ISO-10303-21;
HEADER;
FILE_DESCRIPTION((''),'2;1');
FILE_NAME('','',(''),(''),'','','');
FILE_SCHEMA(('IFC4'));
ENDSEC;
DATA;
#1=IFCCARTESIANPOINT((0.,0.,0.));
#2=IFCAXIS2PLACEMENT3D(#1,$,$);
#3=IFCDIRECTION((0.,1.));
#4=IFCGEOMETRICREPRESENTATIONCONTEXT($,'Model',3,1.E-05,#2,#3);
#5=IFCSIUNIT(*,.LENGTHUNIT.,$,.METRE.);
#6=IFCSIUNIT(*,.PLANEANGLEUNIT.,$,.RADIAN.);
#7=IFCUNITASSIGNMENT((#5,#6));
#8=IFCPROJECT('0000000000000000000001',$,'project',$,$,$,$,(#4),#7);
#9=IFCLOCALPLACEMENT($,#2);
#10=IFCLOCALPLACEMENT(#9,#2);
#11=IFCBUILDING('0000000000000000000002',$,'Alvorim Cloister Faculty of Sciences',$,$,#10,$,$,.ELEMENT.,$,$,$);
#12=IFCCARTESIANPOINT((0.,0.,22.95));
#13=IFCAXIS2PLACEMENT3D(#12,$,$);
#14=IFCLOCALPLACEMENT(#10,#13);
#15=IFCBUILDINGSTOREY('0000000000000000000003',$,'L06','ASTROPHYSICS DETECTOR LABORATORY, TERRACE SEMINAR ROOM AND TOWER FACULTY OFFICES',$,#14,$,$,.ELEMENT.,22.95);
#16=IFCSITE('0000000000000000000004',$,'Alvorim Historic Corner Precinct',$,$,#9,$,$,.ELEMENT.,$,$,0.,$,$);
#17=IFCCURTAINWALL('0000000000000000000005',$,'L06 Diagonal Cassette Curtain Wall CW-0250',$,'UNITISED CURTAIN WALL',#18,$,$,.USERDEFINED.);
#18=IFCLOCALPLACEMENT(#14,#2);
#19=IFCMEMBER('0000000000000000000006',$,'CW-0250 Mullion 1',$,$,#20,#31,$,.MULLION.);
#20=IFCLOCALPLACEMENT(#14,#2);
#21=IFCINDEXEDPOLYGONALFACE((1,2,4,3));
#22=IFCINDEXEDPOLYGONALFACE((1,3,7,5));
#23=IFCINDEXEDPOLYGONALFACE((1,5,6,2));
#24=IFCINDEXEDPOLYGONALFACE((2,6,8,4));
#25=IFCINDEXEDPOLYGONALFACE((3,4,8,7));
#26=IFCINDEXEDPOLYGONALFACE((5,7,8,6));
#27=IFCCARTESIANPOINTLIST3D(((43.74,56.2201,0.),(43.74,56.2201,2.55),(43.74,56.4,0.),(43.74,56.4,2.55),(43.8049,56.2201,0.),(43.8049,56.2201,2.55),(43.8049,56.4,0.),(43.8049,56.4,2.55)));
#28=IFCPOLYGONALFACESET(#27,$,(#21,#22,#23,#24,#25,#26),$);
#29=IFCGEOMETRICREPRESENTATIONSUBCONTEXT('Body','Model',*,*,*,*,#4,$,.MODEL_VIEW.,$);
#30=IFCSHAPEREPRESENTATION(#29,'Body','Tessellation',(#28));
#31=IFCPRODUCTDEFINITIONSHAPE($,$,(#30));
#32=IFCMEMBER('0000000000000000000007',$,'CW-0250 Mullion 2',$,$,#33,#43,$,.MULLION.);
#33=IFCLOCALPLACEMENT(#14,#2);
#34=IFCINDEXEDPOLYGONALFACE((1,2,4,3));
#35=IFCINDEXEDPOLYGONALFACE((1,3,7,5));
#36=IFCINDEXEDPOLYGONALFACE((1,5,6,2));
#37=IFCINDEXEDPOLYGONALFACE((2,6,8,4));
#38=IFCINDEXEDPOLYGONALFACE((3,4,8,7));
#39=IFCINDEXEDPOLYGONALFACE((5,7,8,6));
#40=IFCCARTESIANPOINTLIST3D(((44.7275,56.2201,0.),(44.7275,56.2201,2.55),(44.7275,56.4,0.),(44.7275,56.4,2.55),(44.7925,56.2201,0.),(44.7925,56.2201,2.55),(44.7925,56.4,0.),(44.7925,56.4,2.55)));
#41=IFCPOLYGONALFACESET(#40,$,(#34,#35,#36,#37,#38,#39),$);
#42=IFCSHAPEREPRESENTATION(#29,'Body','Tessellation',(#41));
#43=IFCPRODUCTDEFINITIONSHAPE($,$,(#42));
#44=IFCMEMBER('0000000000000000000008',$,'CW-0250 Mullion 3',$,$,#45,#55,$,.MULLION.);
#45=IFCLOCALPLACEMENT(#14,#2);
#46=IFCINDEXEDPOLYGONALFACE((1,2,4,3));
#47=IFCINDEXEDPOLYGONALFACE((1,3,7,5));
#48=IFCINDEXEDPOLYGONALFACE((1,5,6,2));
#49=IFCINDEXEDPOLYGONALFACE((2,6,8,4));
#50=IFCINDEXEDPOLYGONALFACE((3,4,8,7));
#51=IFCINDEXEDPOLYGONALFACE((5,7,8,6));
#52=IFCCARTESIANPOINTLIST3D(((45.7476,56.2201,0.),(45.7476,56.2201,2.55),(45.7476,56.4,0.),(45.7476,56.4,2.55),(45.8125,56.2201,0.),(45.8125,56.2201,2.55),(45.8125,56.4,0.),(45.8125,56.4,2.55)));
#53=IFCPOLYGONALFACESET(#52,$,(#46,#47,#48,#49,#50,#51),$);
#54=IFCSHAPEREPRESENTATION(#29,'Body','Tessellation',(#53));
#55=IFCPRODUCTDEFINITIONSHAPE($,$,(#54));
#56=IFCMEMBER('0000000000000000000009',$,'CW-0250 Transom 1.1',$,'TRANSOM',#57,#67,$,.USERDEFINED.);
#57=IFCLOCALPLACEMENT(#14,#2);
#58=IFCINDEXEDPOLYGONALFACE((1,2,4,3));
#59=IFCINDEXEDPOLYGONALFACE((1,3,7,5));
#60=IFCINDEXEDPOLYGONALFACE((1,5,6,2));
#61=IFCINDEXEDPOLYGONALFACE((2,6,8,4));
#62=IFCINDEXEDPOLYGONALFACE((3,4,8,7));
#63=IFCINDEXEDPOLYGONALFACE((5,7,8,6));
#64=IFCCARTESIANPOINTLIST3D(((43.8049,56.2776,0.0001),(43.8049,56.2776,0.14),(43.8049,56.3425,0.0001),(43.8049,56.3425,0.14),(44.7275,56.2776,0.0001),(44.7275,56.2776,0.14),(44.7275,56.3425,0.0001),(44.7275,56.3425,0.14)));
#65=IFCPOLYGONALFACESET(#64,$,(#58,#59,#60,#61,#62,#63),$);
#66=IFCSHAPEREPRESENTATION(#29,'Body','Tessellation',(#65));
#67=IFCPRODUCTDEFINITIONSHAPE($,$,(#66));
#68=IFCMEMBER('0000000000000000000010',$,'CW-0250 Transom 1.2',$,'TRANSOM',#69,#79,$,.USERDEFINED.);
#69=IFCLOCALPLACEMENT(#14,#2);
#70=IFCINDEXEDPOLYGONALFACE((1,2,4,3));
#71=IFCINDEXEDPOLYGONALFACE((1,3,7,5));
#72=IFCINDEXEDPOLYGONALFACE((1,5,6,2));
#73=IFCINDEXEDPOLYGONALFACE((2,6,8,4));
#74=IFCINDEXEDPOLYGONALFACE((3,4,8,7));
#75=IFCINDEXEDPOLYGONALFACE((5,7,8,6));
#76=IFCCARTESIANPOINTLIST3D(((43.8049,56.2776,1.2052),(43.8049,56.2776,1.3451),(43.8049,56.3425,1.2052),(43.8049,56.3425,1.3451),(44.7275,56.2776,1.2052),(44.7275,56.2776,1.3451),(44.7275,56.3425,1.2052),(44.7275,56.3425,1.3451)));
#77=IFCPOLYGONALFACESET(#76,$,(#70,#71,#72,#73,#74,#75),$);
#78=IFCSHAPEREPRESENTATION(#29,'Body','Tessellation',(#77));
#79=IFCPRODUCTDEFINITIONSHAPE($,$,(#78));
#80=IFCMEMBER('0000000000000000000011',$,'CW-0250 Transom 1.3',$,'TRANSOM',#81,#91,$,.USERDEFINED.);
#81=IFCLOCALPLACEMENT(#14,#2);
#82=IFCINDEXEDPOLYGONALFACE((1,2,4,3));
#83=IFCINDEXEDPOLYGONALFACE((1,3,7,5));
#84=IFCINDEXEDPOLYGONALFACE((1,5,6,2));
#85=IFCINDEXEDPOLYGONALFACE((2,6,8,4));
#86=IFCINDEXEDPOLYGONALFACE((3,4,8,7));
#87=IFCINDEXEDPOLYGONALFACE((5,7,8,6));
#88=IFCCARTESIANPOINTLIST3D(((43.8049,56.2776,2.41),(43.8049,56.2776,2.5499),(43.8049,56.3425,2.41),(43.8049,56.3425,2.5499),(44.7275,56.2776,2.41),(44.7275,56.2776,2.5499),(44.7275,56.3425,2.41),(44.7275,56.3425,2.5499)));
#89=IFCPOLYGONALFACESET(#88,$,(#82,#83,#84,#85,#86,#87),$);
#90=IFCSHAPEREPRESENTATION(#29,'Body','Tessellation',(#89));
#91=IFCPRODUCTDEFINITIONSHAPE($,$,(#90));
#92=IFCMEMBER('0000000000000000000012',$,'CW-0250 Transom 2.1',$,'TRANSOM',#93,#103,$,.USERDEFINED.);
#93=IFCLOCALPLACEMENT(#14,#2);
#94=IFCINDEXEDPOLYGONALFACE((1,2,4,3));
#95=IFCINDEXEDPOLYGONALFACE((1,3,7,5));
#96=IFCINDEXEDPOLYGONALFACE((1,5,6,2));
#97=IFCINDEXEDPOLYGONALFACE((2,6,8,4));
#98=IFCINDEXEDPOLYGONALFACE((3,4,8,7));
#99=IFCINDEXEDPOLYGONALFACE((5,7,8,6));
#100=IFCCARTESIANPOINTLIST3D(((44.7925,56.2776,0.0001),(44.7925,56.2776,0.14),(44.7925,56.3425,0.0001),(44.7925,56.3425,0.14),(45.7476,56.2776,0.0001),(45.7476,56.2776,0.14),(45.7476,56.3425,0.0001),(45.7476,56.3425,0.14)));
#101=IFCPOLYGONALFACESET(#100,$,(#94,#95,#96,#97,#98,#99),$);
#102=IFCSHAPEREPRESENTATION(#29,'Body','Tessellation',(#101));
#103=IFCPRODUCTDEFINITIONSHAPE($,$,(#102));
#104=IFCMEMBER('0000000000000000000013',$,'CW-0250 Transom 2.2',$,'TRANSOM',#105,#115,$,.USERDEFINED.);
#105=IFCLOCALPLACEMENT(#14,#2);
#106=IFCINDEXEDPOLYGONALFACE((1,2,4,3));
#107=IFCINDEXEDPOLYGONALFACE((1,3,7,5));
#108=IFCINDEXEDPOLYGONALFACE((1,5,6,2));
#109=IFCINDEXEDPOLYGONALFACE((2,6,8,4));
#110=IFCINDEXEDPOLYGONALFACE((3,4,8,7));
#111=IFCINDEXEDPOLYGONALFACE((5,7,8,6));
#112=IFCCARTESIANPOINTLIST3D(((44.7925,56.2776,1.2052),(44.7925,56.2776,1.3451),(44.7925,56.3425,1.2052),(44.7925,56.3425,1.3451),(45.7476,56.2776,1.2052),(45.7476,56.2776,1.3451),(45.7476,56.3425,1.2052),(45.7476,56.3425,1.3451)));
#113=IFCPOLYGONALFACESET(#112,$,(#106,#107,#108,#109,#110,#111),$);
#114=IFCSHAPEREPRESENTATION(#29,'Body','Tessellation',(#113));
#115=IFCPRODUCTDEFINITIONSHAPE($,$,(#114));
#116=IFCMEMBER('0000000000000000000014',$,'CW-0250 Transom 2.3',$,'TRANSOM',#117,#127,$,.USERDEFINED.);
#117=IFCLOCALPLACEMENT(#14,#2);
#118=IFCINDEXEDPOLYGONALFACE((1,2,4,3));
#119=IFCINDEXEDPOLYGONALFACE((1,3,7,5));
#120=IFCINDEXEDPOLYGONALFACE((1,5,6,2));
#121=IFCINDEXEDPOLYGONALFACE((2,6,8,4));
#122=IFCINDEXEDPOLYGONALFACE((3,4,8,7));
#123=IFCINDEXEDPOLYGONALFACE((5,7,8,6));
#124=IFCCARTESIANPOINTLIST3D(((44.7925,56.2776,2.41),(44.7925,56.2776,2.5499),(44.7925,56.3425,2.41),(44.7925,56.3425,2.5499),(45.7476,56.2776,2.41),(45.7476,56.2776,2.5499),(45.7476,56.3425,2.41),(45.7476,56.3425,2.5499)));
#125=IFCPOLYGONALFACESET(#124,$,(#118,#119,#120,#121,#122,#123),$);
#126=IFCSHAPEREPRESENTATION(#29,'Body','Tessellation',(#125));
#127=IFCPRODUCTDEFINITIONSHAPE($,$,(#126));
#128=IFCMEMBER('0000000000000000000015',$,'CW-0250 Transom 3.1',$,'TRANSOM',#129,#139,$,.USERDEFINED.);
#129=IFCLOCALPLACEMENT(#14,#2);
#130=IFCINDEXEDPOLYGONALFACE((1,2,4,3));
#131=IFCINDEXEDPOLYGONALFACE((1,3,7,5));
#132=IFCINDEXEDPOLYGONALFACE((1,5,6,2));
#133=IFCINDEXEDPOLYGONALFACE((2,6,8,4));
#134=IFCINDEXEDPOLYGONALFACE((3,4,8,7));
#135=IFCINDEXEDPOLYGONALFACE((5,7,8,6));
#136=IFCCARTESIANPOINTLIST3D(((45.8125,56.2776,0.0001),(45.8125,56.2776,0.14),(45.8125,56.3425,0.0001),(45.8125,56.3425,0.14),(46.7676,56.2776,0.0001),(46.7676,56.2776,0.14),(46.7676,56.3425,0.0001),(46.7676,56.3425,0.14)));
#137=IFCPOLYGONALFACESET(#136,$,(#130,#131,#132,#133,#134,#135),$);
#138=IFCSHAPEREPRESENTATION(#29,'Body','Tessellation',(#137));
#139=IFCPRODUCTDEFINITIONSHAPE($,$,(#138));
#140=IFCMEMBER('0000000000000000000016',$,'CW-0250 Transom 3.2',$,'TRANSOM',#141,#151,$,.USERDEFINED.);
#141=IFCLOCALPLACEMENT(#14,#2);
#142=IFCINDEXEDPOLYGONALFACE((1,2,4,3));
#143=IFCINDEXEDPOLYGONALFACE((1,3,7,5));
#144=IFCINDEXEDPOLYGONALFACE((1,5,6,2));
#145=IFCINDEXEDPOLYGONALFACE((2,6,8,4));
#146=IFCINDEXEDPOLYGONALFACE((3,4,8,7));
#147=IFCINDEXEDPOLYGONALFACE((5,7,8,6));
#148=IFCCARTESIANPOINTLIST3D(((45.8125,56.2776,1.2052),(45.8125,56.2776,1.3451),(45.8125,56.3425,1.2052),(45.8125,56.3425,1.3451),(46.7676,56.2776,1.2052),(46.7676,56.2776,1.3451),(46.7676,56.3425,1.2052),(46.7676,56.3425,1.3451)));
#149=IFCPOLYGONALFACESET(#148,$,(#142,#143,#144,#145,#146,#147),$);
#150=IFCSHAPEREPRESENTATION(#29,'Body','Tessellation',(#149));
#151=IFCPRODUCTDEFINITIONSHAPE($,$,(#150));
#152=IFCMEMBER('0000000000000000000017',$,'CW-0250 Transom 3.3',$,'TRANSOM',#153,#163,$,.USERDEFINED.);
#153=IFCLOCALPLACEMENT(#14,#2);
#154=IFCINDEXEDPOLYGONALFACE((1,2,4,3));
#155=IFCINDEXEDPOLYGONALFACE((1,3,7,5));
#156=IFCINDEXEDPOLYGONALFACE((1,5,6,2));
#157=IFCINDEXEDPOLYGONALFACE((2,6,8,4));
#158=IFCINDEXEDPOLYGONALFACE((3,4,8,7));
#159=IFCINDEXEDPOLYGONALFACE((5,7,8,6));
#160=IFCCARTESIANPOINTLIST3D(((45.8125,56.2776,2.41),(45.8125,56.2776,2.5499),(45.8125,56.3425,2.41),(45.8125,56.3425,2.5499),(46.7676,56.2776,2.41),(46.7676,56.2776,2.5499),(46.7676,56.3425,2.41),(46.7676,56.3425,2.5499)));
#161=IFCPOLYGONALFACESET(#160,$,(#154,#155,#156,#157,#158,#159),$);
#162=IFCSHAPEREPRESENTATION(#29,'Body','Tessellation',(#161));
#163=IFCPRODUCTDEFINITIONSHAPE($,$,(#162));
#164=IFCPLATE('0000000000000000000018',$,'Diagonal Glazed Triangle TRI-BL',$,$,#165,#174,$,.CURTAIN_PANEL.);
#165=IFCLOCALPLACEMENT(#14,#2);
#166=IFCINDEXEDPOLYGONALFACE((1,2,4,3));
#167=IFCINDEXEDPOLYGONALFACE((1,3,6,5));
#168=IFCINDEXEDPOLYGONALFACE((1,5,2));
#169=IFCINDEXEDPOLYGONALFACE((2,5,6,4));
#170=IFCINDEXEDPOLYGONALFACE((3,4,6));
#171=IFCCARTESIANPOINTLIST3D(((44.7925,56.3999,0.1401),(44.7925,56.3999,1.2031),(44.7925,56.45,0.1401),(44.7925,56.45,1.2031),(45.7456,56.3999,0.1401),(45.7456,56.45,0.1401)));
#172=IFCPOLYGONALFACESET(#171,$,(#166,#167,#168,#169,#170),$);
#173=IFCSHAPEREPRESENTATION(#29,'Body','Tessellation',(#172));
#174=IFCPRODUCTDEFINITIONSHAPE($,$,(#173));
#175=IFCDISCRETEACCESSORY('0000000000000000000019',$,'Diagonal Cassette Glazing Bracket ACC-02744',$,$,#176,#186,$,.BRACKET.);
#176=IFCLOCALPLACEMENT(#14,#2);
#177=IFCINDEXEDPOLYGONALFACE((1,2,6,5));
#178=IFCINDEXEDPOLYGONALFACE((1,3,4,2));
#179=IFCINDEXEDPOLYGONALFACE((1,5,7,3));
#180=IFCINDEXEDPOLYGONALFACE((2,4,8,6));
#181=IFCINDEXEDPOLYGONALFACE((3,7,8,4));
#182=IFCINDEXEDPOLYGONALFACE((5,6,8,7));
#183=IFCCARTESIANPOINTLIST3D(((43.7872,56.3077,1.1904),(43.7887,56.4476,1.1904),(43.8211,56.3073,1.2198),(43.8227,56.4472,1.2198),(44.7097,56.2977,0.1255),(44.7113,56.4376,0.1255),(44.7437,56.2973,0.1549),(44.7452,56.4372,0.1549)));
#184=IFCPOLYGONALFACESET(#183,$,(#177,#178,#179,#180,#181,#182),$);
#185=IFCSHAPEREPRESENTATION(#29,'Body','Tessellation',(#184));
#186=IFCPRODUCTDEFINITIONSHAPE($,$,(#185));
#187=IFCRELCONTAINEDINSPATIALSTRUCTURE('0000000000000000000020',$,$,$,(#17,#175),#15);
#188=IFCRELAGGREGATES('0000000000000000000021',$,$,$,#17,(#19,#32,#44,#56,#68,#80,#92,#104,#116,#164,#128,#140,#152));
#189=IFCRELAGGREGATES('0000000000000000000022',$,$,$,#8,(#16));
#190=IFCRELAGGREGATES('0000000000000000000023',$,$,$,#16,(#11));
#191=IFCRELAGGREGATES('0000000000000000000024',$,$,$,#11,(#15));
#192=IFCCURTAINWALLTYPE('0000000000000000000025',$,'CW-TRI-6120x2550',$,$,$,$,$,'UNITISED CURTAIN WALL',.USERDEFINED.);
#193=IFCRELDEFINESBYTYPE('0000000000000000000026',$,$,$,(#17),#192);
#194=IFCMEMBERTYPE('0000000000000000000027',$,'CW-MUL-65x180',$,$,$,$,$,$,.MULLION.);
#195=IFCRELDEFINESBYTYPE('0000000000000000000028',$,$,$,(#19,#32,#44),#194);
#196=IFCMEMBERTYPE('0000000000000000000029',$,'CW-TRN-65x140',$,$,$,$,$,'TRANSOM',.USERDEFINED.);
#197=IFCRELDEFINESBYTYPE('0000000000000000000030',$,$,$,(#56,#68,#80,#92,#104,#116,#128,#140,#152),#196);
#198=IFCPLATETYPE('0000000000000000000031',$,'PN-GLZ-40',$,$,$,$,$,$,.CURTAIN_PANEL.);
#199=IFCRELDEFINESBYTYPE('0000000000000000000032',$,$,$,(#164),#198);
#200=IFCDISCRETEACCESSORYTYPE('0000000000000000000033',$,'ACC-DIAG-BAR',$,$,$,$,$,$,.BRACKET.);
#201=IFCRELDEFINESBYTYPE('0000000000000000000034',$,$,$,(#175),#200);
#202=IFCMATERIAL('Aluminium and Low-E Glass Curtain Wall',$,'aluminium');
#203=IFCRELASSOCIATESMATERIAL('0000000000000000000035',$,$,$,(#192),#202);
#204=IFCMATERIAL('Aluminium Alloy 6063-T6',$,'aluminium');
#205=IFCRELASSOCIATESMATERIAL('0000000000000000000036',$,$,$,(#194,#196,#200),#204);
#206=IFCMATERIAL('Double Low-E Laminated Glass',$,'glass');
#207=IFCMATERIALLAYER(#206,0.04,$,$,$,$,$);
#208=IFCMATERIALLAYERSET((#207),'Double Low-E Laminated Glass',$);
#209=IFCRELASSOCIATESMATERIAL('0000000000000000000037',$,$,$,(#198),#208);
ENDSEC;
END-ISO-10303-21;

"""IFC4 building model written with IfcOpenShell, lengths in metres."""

from ifc_helpers import new_model, si_unit, direction, frame, origin, origin_2d, place, context, subcontext, project, spatial, polyline, rectangle, outline, extrude, material, layer, layer_set, material_profile, profile_set, type_object, element, aggregate, save


model = new_model("IFC4")

# Units and contexts
model_context = context("Model", 3, precision=1e-05, world=origin(), true_north=direction((0.0, 1.0)))
body_context = subcontext(model_context, "Body", "Model", "MODEL_VIEW")
ifc_project = project(units=[si_unit("LENGTHUNIT", "METRE"), si_unit("PLANEANGLEUNIT", "RADIAN")], contexts=[model_context])

# Site, building, storey
site_placement = place(None, origin())
site = spatial("IfcSite", under=ifc_project, at=site_placement, Name="Alvorim Historic Corner Precinct", CompositionType="ELEMENT", RefElevation=0.0)
building_placement = place(site_placement, origin())
building = spatial("IfcBuilding", under=site, at=building_placement, Name="Alvorim Cloister Faculty of Sciences", CompositionType="ELEMENT")
storey_placement = place(building_placement, frame((0.0, 0.0, 22.95)))
storey = spatial("IfcBuildingStorey", under=building, at=storey_placement, Name="L06", Description="ASTROPHYSICS DETECTOR LABORATORY, TERRACE SEMINAR ROOM AND TOWER FACULTY OFFICES", CompositionType="ELEMENT", Elevation=22.95)

# Curtain wall, members, plate
ifc_material_1 = material(Name="Aluminium and Low-E Glass Curtain Wall", Category="aluminium")
curtain_wall_type = type_object("IfcCurtainWallType", Name="CW-TRI-6120x2550", ElementType="UNITISED CURTAIN WALL", PredefinedType="USERDEFINED", material=ifc_material_1)
curtain_wall_placement = place(storey_placement, origin())
curtain_wall = element("IfcCurtainWall", 1, at=curtain_wall_placement, inside=storey, type_object=curtain_wall_type, Name="L06 Diagonal Cassette Curtain Wall CW-0250", ObjectType="UNITISED CURTAIN WALL", PredefinedType="USERDEFINED")
ifc_material_2 = material(Name="Aluminium Alloy 6063-T6", Category="aluminium")
ifc_material_profile_1 = material_profile(ifc_material_2, rectangle(XDim=0.0649, YDim=0.1799, at=origin_2d()), Name="ALU-MUL-65x180")
ifc_profile_set_1 = profile_set([ifc_material_profile_1], Name="Aluminium Alloy 6063-T6")
member_type_1 = type_object("IfcMemberType", Name="CW-MUL-65x180", PredefinedType="MULLION", material=ifc_profile_set_1)
member_1_placement = place(storey_placement, frame((43.7725, 56.3101, 0.0), z_axis=(0.0, 0.0, 1.0), x_axis=(1.0, 0.0, 0.0)))
member_1 = element("IfcMember", 2, at=member_1_placement, type_object=member_type_1, Name="CW-0250 Mullion 1", PredefinedType="MULLION", context=body_context, shape_type="SweptSolid", body=[
    extrude(rectangle(XDim=0.0649, YDim=0.1799, at=origin_2d()), origin(), (0.0, 0.0, 1.0), 2.55),
])
member_2_placement = place(storey_placement, frame((44.76, 56.3101, 0.0), z_axis=(0.0, 0.0, 1.0), x_axis=(1.0, 0.0, 0.0)))
member_2 = element("IfcMember", 3, at=member_2_placement, type_object=member_type_1, Name="CW-0250 Mullion 2", PredefinedType="MULLION", context=body_context, shape_type="SweptSolid", body=[
    extrude(rectangle(XDim=0.0649, YDim=0.1799, at=origin_2d()), origin(), (0.0, 0.0, 1.0), 2.55),
])
member_3_placement = place(storey_placement, frame((45.78, 56.3101, 0.0), z_axis=(0.0, 0.0, 1.0), x_axis=(1.0, 0.0, 0.0)))
member_3 = element("IfcMember", 4, at=member_3_placement, type_object=member_type_1, Name="CW-0250 Mullion 3", PredefinedType="MULLION", context=body_context, shape_type="SweptSolid", body=[
    extrude(rectangle(XDim=0.0649, YDim=0.1799, at=origin_2d()), origin(), (0.0, 0.0, 1.0), 2.55),
])
ifc_material_profile_2 = material_profile(ifc_material_2, rectangle(XDim=0.0649, YDim=0.1399, at=origin_2d()), Name="ALU-TRN-65x140")
ifc_profile_set_2 = profile_set([ifc_material_profile_2], Name="Aluminium Alloy 6063-T6")
member_type_2 = type_object("IfcMemberType", Name="CW-TRN-65x140", ElementType="TRANSOM", PredefinedType="USERDEFINED", material=ifc_profile_set_2)
member_4_placement = place(storey_placement, frame((43.8049, 56.3101, 0.0701), z_axis=(1.0, 0.0, 0.0), x_axis=(0.0, 1.0, 0.0)))
member_4 = element("IfcMember", 5, at=member_4_placement, type_object=member_type_2, Name="CW-0250 Transom 1.1", ObjectType="TRANSOM", PredefinedType="USERDEFINED", context=body_context, shape_type="SweptSolid", body=[
    extrude(rectangle(XDim=0.0649, YDim=0.1399, at=origin_2d()), origin(), (0.0, 0.0, 1.0), 0.9226),
])
member_5_placement = place(storey_placement, frame((43.8049, 56.3101, 1.2751), z_axis=(1.0, 0.0, 0.0), x_axis=(0.0, 1.0, 0.0)))
member_5 = element("IfcMember", 6, at=member_5_placement, type_object=member_type_2, Name="CW-0250 Transom 1.2", ObjectType="TRANSOM", PredefinedType="USERDEFINED", context=body_context, shape_type="SweptSolid", body=[
    extrude(rectangle(XDim=0.0649, YDim=0.1399, at=origin_2d()), origin(), (0.0, 0.0, 1.0), 0.9226),
])
member_6_placement = place(storey_placement, frame((43.8049, 56.3101, 2.48), z_axis=(1.0, 0.0, 0.0), x_axis=(0.0, 1.0, 0.0)))
member_6 = element("IfcMember", 7, at=member_6_placement, type_object=member_type_2, Name="CW-0250 Transom 1.3", ObjectType="TRANSOM", PredefinedType="USERDEFINED", context=body_context, shape_type="SweptSolid", body=[
    extrude(rectangle(XDim=0.0649, YDim=0.1399, at=origin_2d()), origin(), (0.0, 0.0, 1.0), 0.9226),
])
member_7_placement = place(storey_placement, frame((44.7925, 56.3101, 0.0701), z_axis=(1.0, 0.0, 0.0), x_axis=(0.0, 1.0, 0.0)))
member_7 = element("IfcMember", 8, at=member_7_placement, type_object=member_type_2, Name="CW-0250 Transom 2.1", ObjectType="TRANSOM", PredefinedType="USERDEFINED", context=body_context, shape_type="SweptSolid", body=[
    extrude(rectangle(XDim=0.0649, YDim=0.1399, at=origin_2d()), origin(), (0.0, 0.0, 1.0), 0.9551),
])
member_8_placement = place(storey_placement, frame((44.7925, 56.3101, 1.2751), z_axis=(1.0, 0.0, 0.0), x_axis=(0.0, 1.0, 0.0)))
member_8 = element("IfcMember", 9, at=member_8_placement, type_object=member_type_2, Name="CW-0250 Transom 2.2", ObjectType="TRANSOM", PredefinedType="USERDEFINED", context=body_context, shape_type="SweptSolid", body=[
    extrude(rectangle(XDim=0.0649, YDim=0.1399, at=origin_2d()), origin(), (0.0, 0.0, 1.0), 0.9551),
])
member_9_placement = place(storey_placement, frame((44.7925, 56.3101, 2.48), z_axis=(1.0, 0.0, 0.0), x_axis=(0.0, 1.0, 0.0)))
member_9 = element("IfcMember", 10, at=member_9_placement, type_object=member_type_2, Name="CW-0250 Transom 2.3", ObjectType="TRANSOM", PredefinedType="USERDEFINED", context=body_context, shape_type="SweptSolid", body=[
    extrude(rectangle(XDim=0.0649, YDim=0.1399, at=origin_2d()), origin(), (0.0, 0.0, 1.0), 0.9551),
])
member_10_placement = place(storey_placement, frame((45.8125, 56.3101, 0.0701), z_axis=(1.0, 0.0, 0.0), x_axis=(0.0, 1.0, 0.0)))
member_10 = element("IfcMember", 11, at=member_10_placement, type_object=member_type_2, Name="CW-0250 Transom 3.1", ObjectType="TRANSOM", PredefinedType="USERDEFINED", context=body_context, shape_type="SweptSolid", body=[
    extrude(rectangle(XDim=0.0649, YDim=0.1399, at=origin_2d()), origin(), (0.0, 0.0, 1.0), 0.9551),
])
member_11_placement = place(storey_placement, frame((45.8125, 56.3101, 1.2751), z_axis=(1.0, 0.0, 0.0), x_axis=(0.0, 1.0, 0.0)))
member_11 = element("IfcMember", 12, at=member_11_placement, type_object=member_type_2, Name="CW-0250 Transom 3.2", ObjectType="TRANSOM", PredefinedType="USERDEFINED", context=body_context, shape_type="SweptSolid", body=[
    extrude(rectangle(XDim=0.0649, YDim=0.1399, at=origin_2d()), origin(), (0.0, 0.0, 1.0), 0.9551),
])
member_12_placement = place(storey_placement, frame((45.8125, 56.3101, 2.48), z_axis=(1.0, 0.0, 0.0), x_axis=(0.0, 1.0, 0.0)))
member_12 = element("IfcMember", 13, at=member_12_placement, type_object=member_type_2, Name="CW-0250 Transom 3.3", ObjectType="TRANSOM", PredefinedType="USERDEFINED", context=body_context, shape_type="SweptSolid", body=[
    extrude(rectangle(XDim=0.0649, YDim=0.1399, at=origin_2d()), origin(), (0.0, 0.0, 1.0), 0.9551),
])
ifc_material_3 = material(Name="Double Low-E Laminated Glass", Category="glass")
ifc_layer = layer(ifc_material_3, 0.04)
ifc_layer_set = layer_set([ifc_layer], Name="Double Low-E Laminated Glass")
plate_type = type_object("IfcPlateType", Name="PN-GLZ-40", PredefinedType="CURTAIN_PANEL", material=ifc_layer_set)
plate_1_placement = place(storey_placement, frame((44.7925, 56.425, 0.1401), z_axis=(0.0, 0.0, 1.0), x_axis=(1.0, 0.0, 0.0)))
plate_1 = element("IfcPlate", 14, at=plate_1_placement, type_object=plate_type, Name="Diagonal Glazed Triangle TRI-BL", PredefinedType="CURTAIN_PANEL", context=body_context, shape_type="SweptSolid", body=[
    extrude(outline(polyline([(0.0, 0.0), (0.9531, 0.0), (0.0, 1.063), (0.0, 0.0)])), frame((0.0, 0.0249, 0.0), z_axis=(0.0, -1.0, 0.0), x_axis=(1.0, 0.0, 0.0)), (0.0, 0.0, 1.0), 0.05),
])
aggregate(curtain_wall, [member_1, member_2, member_3, member_4, member_5, member_6, member_7, member_8, member_9, plate_1, member_10, member_11, member_12])

# Discrete accessory
discrete_accessory_type = type_object("IfcDiscreteAccessoryType", Name="ACC-DIAG-BAR", PredefinedType="BRACKET", material=ifc_material_2)
discrete_accessory_1_placement = place(storey_placement, frame((43.8049, 56.3774, 1.2051), z_axis=(0.654775, -0.007104, -0.75579), x_axis=(0.010849, 0.999941, 0.0)))
element("IfcDiscreteAccessory", 15, at=discrete_accessory_1_placement, inside=storey, type_object=discrete_accessory_type, Name="Diagonal Cassette Glazing Bracket ACC-02744", PredefinedType="BRACKET", context=body_context, shape_type="SweptSolid", body=[
    extrude(rectangle(XDim=0.1399, YDim=0.0449, at=origin_2d()), origin(), (0.0, 0.0, 1.0), 1.4089),
])

save(model, "model.ifc")
